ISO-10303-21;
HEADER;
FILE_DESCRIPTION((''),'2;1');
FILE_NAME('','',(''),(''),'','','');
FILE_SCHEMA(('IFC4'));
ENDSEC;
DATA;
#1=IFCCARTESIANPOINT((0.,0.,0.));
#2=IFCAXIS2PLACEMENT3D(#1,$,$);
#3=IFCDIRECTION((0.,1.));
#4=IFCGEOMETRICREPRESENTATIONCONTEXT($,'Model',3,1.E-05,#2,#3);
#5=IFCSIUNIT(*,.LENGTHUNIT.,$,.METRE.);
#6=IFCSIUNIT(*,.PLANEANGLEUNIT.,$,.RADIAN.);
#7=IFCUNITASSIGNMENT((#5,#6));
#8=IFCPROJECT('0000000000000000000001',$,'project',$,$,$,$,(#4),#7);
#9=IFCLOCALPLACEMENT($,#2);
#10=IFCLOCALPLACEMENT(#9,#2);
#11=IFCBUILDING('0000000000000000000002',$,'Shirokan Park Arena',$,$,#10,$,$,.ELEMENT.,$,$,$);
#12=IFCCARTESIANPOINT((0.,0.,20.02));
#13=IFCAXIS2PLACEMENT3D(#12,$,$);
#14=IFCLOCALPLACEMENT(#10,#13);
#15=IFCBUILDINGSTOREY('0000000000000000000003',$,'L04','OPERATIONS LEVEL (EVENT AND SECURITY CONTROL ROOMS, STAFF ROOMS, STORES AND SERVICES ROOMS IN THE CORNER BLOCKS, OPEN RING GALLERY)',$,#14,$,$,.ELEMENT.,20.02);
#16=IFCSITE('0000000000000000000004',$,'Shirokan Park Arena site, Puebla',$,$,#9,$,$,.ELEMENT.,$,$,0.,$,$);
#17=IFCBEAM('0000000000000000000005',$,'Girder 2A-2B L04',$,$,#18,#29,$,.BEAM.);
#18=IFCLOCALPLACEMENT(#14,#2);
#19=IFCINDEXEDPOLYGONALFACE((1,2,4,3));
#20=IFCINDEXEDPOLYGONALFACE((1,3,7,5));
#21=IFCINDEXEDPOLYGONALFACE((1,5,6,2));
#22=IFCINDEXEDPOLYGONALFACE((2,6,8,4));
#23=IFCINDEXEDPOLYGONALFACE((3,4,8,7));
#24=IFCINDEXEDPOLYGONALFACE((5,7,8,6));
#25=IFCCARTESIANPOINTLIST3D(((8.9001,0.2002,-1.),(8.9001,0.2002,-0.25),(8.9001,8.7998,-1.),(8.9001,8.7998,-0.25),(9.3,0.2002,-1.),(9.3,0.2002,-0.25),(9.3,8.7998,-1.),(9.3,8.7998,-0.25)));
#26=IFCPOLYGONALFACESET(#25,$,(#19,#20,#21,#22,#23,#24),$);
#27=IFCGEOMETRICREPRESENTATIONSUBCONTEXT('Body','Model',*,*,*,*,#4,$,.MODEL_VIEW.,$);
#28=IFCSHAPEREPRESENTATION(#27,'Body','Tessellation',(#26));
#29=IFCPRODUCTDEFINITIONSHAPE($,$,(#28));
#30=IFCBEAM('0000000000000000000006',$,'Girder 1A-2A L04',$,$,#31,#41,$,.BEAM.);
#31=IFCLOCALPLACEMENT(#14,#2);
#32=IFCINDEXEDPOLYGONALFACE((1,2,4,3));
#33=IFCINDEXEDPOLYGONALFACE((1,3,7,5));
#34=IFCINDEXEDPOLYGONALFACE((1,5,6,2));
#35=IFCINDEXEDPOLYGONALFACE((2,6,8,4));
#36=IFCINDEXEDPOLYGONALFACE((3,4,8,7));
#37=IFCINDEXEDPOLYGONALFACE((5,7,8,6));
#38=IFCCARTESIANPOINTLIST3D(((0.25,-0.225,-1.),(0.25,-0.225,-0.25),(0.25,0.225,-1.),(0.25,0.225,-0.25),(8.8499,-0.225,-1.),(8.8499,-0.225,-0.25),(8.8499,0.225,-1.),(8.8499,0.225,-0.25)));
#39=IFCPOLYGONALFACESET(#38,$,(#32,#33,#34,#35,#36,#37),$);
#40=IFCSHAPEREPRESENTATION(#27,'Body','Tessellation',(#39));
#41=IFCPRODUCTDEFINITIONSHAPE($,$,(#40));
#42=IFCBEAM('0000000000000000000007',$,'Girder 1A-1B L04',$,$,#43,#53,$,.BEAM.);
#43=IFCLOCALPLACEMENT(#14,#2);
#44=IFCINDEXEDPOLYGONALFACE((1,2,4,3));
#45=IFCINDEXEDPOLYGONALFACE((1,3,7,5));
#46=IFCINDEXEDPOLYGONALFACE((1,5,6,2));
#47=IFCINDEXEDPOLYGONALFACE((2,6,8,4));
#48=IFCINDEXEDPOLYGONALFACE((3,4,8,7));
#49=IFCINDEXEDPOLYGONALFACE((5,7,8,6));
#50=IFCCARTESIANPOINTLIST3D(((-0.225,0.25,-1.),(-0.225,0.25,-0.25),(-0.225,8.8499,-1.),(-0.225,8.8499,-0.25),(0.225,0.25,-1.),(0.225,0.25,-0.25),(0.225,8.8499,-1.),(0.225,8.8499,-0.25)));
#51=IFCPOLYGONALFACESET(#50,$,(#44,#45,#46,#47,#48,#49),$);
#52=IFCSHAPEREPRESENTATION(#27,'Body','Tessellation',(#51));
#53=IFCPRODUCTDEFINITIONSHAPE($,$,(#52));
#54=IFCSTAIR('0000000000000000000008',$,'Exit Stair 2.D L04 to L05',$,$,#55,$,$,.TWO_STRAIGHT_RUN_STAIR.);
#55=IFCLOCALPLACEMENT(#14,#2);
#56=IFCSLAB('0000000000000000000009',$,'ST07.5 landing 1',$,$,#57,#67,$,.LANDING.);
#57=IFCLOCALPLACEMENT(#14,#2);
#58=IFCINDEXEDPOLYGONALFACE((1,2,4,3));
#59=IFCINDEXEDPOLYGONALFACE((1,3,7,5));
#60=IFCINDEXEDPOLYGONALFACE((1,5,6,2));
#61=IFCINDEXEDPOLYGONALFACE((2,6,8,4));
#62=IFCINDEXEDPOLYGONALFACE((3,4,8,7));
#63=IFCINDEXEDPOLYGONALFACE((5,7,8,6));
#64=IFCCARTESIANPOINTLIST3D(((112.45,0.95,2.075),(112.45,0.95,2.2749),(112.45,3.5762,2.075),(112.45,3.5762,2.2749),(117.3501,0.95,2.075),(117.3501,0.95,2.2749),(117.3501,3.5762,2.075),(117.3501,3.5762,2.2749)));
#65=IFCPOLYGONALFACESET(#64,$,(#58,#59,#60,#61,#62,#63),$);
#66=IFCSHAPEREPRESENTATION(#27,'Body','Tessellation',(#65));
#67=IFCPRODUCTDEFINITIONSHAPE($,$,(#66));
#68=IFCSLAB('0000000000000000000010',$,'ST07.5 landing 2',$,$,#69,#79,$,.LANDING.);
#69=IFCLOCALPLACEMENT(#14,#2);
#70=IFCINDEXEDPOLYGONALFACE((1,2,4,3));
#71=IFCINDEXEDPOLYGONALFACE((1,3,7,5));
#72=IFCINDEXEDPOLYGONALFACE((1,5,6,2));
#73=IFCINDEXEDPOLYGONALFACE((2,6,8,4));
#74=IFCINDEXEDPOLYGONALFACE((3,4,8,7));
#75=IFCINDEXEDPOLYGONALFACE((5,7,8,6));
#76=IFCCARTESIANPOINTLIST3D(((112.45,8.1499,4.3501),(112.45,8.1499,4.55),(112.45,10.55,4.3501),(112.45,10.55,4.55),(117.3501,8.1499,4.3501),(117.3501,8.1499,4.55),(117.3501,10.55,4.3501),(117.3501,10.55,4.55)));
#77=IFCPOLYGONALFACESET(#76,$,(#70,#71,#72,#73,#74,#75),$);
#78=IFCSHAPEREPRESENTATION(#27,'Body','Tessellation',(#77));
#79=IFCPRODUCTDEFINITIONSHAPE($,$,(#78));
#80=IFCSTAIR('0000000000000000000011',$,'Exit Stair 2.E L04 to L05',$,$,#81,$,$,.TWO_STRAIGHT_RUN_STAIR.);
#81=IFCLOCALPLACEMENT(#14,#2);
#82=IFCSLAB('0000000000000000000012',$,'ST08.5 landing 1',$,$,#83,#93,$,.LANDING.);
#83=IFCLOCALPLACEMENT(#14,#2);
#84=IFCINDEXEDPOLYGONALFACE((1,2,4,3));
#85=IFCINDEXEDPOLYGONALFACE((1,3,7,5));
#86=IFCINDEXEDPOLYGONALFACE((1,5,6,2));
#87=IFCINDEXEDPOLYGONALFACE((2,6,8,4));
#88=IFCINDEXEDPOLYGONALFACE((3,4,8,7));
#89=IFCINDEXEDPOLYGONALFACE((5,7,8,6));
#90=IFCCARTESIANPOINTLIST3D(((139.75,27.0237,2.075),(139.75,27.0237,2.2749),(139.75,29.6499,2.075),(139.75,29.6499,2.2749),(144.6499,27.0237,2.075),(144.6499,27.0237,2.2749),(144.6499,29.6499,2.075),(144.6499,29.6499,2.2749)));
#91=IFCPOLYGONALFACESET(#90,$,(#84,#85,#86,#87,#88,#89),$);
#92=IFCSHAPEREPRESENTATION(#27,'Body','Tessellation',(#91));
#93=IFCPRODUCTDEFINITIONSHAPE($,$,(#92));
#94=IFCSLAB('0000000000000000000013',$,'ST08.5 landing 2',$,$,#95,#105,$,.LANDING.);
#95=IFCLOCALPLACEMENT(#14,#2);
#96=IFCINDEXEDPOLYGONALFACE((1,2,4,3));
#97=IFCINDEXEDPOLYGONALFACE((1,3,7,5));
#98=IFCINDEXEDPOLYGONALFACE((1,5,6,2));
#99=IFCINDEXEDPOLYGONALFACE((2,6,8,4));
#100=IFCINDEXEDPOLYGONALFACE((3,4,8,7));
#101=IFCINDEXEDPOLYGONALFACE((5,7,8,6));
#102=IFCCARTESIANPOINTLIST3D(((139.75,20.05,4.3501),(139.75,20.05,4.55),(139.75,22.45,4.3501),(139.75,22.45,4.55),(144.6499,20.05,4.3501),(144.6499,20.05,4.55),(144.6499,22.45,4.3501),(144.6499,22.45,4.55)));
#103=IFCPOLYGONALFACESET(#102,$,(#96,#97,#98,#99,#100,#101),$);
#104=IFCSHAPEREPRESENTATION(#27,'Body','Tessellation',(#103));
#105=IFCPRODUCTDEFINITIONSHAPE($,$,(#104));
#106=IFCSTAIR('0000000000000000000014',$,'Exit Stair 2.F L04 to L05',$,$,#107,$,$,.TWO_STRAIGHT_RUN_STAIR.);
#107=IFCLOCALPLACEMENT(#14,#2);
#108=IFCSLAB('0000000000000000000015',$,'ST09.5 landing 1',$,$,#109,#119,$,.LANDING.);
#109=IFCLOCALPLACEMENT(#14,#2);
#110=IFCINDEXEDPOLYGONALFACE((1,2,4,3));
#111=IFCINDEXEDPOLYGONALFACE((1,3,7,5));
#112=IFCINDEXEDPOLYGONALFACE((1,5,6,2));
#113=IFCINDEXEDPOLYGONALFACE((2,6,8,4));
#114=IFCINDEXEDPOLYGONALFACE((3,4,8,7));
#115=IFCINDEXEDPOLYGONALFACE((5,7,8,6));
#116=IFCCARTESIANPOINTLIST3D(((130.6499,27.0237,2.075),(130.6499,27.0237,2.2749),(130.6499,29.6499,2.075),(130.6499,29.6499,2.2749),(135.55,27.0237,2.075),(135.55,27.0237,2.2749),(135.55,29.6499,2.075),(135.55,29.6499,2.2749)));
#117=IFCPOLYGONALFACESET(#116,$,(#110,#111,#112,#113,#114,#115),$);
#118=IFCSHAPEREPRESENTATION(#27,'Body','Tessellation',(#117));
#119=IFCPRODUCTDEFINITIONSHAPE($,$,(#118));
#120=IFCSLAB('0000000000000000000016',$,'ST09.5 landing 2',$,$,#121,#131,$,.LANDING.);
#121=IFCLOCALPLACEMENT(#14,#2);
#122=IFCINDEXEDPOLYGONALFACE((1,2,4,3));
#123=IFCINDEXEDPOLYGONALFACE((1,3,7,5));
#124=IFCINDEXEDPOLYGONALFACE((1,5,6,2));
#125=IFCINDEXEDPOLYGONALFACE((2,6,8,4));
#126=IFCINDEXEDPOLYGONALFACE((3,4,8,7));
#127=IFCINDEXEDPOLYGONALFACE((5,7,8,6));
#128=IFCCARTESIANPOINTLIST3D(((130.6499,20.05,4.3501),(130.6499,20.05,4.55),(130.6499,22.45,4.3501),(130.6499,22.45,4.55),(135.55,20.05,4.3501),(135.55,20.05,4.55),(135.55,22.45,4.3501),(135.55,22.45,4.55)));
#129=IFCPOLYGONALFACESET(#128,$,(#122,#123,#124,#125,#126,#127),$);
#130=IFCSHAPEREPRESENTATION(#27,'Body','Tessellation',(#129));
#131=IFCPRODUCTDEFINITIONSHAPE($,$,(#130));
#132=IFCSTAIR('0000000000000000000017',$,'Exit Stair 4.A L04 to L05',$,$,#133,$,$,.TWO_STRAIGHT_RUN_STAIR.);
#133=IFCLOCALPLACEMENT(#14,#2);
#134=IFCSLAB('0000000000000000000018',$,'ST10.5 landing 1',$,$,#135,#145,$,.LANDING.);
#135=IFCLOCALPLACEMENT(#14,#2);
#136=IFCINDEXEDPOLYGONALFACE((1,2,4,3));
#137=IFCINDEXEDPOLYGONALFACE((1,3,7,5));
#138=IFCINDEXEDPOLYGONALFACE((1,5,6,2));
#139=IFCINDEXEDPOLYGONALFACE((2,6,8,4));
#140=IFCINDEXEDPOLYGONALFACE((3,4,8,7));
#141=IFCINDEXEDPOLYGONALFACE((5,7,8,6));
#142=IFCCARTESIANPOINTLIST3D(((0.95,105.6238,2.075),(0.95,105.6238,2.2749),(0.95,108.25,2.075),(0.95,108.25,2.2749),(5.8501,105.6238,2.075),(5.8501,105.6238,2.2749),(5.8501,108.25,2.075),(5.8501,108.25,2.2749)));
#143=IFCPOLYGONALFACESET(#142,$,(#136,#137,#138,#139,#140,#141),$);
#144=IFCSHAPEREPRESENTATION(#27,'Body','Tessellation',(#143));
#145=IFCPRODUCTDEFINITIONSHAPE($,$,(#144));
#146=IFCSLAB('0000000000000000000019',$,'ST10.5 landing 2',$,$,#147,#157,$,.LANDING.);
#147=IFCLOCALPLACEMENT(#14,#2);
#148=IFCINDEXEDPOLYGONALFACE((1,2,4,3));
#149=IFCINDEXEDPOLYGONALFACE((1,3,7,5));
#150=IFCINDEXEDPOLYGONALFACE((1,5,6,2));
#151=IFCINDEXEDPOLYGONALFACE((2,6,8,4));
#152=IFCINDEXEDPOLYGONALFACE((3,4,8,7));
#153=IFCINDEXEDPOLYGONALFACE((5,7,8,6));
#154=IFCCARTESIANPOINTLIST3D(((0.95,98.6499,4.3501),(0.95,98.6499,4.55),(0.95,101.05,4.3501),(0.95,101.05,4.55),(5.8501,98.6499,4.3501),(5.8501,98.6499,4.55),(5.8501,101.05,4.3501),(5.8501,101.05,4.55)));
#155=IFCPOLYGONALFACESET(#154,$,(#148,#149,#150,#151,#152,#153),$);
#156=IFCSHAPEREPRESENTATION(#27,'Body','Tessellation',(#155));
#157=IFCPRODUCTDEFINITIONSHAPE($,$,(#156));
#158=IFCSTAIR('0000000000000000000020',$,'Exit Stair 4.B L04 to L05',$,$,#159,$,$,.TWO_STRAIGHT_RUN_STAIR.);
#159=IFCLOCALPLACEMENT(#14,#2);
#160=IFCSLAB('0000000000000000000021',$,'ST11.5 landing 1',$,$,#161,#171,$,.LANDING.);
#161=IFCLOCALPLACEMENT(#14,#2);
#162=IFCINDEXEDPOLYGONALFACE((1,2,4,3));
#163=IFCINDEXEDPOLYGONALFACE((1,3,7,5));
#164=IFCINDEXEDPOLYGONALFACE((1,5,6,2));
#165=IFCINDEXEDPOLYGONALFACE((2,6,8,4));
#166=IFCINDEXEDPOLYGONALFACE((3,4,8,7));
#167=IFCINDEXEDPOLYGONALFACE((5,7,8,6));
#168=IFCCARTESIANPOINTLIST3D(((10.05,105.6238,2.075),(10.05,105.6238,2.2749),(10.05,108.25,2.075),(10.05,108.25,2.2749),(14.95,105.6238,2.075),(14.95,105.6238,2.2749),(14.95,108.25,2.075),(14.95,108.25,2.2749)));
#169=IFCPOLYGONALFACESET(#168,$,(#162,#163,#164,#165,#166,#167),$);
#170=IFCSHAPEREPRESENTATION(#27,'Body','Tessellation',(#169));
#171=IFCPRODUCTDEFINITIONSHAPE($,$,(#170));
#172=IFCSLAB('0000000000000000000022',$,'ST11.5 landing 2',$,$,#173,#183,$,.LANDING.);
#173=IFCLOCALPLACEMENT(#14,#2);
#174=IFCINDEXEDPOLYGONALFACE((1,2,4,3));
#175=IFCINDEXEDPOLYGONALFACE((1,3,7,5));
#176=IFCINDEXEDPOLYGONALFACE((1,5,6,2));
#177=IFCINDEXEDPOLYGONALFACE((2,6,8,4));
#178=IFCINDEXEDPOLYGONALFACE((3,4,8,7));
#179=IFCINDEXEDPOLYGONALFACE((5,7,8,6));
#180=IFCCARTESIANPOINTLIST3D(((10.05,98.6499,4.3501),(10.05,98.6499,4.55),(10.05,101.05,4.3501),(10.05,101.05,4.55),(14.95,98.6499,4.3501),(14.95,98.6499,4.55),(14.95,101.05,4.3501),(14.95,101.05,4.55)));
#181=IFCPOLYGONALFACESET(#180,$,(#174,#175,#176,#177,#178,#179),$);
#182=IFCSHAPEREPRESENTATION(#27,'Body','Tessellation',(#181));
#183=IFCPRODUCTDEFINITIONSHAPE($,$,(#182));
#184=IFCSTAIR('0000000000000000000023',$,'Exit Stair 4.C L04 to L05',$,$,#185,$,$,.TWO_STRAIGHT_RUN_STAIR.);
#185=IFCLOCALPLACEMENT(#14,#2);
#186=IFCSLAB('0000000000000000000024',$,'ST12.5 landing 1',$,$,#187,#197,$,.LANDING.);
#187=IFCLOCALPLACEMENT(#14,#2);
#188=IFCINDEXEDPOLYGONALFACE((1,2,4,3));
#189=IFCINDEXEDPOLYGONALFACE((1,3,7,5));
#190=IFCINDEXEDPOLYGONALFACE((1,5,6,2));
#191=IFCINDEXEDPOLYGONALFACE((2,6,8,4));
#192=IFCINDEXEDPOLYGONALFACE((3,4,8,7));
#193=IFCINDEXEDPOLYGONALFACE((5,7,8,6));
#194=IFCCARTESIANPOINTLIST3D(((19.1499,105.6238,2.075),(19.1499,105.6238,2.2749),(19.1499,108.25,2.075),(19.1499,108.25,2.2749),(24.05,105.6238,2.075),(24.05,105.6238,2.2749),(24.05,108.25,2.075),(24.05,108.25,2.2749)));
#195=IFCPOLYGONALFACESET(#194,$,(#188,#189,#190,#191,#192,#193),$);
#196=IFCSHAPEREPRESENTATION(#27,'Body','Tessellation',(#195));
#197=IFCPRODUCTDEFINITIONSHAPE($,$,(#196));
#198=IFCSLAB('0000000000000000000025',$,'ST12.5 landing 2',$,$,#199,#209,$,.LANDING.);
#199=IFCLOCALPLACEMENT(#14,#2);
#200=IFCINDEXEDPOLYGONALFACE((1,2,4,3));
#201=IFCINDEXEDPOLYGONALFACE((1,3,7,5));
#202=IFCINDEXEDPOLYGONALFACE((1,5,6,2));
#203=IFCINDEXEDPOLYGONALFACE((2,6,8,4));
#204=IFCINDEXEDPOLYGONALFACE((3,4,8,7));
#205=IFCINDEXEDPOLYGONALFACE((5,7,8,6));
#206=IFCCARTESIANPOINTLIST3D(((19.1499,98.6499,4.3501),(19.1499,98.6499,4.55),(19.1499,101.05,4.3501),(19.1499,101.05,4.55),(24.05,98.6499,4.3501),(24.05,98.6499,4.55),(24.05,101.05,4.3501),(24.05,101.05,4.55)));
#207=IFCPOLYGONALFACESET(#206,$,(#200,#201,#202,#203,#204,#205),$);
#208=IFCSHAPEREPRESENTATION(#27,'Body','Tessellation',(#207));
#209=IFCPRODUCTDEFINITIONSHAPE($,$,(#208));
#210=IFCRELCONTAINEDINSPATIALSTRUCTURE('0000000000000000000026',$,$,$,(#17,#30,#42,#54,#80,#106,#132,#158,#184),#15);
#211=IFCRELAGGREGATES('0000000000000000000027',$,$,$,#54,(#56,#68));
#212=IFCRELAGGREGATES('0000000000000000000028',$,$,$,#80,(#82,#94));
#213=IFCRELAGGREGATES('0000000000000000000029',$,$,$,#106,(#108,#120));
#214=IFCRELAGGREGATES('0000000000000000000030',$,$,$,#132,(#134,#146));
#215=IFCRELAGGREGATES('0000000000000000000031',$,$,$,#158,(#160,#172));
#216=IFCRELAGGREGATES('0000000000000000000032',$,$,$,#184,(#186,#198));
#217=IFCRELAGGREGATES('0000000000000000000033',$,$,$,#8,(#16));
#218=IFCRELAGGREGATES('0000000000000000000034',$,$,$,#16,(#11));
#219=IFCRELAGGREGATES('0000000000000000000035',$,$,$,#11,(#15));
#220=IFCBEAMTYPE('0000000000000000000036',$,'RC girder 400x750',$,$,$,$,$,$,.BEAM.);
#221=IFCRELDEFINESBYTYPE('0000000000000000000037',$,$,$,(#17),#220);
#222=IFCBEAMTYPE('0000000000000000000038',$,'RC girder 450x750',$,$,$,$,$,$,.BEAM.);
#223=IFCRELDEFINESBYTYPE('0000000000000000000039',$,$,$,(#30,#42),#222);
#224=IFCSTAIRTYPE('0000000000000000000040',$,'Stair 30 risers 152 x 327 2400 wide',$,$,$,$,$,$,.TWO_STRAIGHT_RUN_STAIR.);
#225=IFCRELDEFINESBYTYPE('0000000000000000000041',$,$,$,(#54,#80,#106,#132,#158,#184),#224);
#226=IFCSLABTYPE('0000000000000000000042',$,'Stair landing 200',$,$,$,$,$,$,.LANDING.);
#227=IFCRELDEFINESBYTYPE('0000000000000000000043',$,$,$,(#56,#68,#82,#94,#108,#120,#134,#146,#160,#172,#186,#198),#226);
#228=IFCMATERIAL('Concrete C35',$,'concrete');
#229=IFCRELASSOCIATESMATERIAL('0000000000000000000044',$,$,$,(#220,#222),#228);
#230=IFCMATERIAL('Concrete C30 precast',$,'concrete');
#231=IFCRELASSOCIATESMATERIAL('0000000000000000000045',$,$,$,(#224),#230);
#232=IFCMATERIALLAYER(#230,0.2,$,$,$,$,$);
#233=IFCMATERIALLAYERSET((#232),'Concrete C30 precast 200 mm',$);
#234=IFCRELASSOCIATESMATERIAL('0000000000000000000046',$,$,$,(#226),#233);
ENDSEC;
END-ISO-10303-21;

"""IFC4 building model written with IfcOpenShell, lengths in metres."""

from ifc_helpers import new_model, si_unit, direction, frame, origin, origin_2d, place, context, subcontext, project, spatial, polyline, rectangle, outline, extrude, material, layer, layer_set, material_profile, profile_set, type_object, element, aggregate, save


model = new_model("IFC4")

# Units and contexts
model_context = context("Model", 3, precision=1e-05, world=origin(), true_north=direction((0.0, 1.0)))
body_context = subcontext(model_context, "Body", "Model", "MODEL_VIEW")
ifc_project = project(units=[si_unit("LENGTHUNIT", "METRE"), si_unit("PLANEANGLEUNIT", "RADIAN")], contexts=[model_context])

# Site, building, storey
site_placement = place(None, origin())
site = spatial("IfcSite", under=ifc_project, at=site_placement, Name="Shirokan Park Arena site, Puebla", CompositionType="ELEMENT", RefElevation=0.0)
building_placement = place(site_placement, origin())
building = spatial("IfcBuilding", under=site, at=building_placement, Name="Shirokan Park Arena", CompositionType="ELEMENT")
storey_placement = place(building_placement, frame((0.0, 0.0, 20.02)))
storey = spatial("IfcBuildingStorey", under=building, at=storey_placement, Name="L04", Description="OPERATIONS LEVEL (EVENT AND SECURITY CONTROL ROOMS, STAFF ROOMS, STORES AND SERVICES ROOMS IN THE CORNER BLOCKS, OPEN RING GALLERY)", CompositionType="ELEMENT", Elevation=20.02)

# Beams
ifc_material_1 = material(Name="Concrete C35", Category="concrete")
ifc_material_profile_1 = material_profile(ifc_material_1, rectangle(XDim=0.3999, YDim=0.75, at=origin_2d()), Name="400x750")
ifc_profile_set_1 = profile_set([ifc_material_profile_1], Name="Concrete C35")
beam_type_1 = type_object("IfcBeamType", Name="RC girder 400x750", PredefinedType="BEAM", material=ifc_profile_set_1)
beam_placement = place(storey_placement, frame((9.1001, 0.2002, -0.625), z_axis=(0.0, 1.0, 0.0), x_axis=(-1.0, 0.0, 0.0)))
element("IfcBeam", 1, at=beam_placement, inside=storey, type_object=beam_type_1, Name="Girder 2A-2B L04", PredefinedType="BEAM", context=body_context, shape_type="SweptSolid", body=[
    extrude(rectangle(XDim=0.3999, YDim=0.75, at=origin_2d()), origin(), (0.0, 0.0, 1.0), 8.5996),
])
ifc_material_profile_2 = material_profile(ifc_material_1, rectangle(XDim=0.45, YDim=0.75, at=origin_2d()), Name="450x750")
ifc_profile_set_2 = profile_set([ifc_material_profile_2], Name="Concrete C35")
beam_type_2 = type_object("IfcBeamType", Name="RC girder 450x750", PredefinedType="BEAM", material=ifc_profile_set_2)
for number, where, z_axis, x_axis, name in (
    (2, (0.25, 0.0, -0.625), (1.0, 0.0, 0.0), (0.0, 1.0, 0.0), "Girder 1A-2A L04"),
    (3, (0.0, 0.25, -0.625), (0.0, 1.0, 0.0), (-1.0, 0.0, 0.0), "Girder 1A-1B L04"),
):
    element("IfcBeam", number, at=place(storey_placement, frame(where, z_axis=z_axis, x_axis=x_axis)), inside=storey, type_object=beam_type_2, Name=name, PredefinedType="BEAM", context=body_context, shape_type="SweptSolid", body=[
        extrude(rectangle(XDim=0.45, YDim=0.75, at=origin_2d()), origin(), (0.0, 0.0, 1.0), 8.5999),
    ])

# Stairs, slabs
ifc_material_2 = material(Name="Concrete C30 precast", Category="concrete")
stair_type = type_object("IfcStairType", Name="Stair 30 risers 152 x 327 2400 wide", PredefinedType="TWO_STRAIGHT_RUN_STAIR", material=ifc_material_2)
stair_1_placement = place(storey_placement, origin())
stair_1 = element("IfcStair", 4, at=stair_1_placement, inside=storey, type_object=stair_type, Name="Exit Stair 2.D L04 to L05", PredefinedType="TWO_STRAIGHT_RUN_STAIR")
ifc_layer_1 = layer(ifc_material_2, 0.2)
ifc_layer_set_1 = layer_set([ifc_layer_1], Name="Concrete C30 precast 200 mm")
slab_type = type_object("IfcSlabType", Name="Stair landing 200", PredefinedType="LANDING", material=ifc_layer_set_1)
slab_1_placement = place(storey_placement, frame((0.0, 0.0, 2.075)))
slab_1 = element("IfcSlab", 5, at=slab_1_placement, type_object=slab_type, Name="ST07.5 landing 1", PredefinedType="LANDING", context=body_context, shape_type="SweptSolid", body=[
    extrude(outline(polyline([(112.45, 0.95), (117.3501, 0.95), (117.3501, 3.5762), (112.45, 3.5762), (112.45, 0.95)])), origin(), (0.0, 0.0, 1.0), 0.2),
])
slab_2_placement = place(storey_placement, frame((0.0, 0.0, 4.3501)))
slab_2 = element("IfcSlab", 6, at=slab_2_placement, type_object=slab_type, Name="ST07.5 landing 2", PredefinedType="LANDING", context=body_context, shape_type="SweptSolid", body=[
    extrude(outline(polyline([(112.45, 8.1499), (117.3501, 8.1499), (117.3501, 10.55), (112.45, 10.55), (112.45, 8.1499)])), origin(), (0.0, 0.0, 1.0), 0.2),
])
aggregate(stair_1, [slab_1, slab_2])
stair_2_placement = place(storey_placement, origin())
stair_2 = element("IfcStair", 7, at=stair_2_placement, inside=storey, type_object=stair_type, Name="Exit Stair 2.E L04 to L05", PredefinedType="TWO_STRAIGHT_RUN_STAIR")
slab_3_placement = place(storey_placement, frame((0.0, 0.0, 2.075)))
slab_3 = element("IfcSlab", 8, at=slab_3_placement, type_object=slab_type, Name="ST08.5 landing 1", PredefinedType="LANDING", context=body_context, shape_type="SweptSolid", body=[
    extrude(outline(polyline([(139.75, 27.0237), (144.6499, 27.0237), (144.6499, 29.6499), (139.75, 29.6499), (139.75, 27.0237)])), origin(), (0.0, 0.0, 1.0), 0.2),
])
slab_4_placement = place(storey_placement, frame((0.0, 0.0, 4.3501)))
slab_4 = element("IfcSlab", 9, at=slab_4_placement, type_object=slab_type, Name="ST08.5 landing 2", PredefinedType="LANDING", context=body_context, shape_type="SweptSolid", body=[
    extrude(outline(polyline([(139.75, 20.05), (144.6499, 20.05), (144.6499, 22.45), (139.75, 22.45), (139.75, 20.05)])), origin(), (0.0, 0.0, 1.0), 0.2),
])
aggregate(stair_2, [slab_3, slab_4])
stair_3_placement = place(storey_placement, origin())
stair_3 = element("IfcStair", 10, at=stair_3_placement, inside=storey, type_object=stair_type, Name="Exit Stair 2.F L04 to L05", PredefinedType="TWO_STRAIGHT_RUN_STAIR")
slab_5_placement = place(storey_placement, frame((0.0, 0.0, 2.075)))
slab_5 = element("IfcSlab", 11, at=slab_5_placement, type_object=slab_type, Name="ST09.5 landing 1", PredefinedType="LANDING", context=body_context, shape_type="SweptSolid", body=[
    extrude(outline(polyline([(130.6499, 27.0237), (135.55, 27.0237), (135.55, 29.6499), (130.6499, 29.6499), (130.6499, 27.0237)])), origin(), (0.0, 0.0, 1.0), 0.2),
])
slab_6_placement = place(storey_placement, frame((0.0, 0.0, 4.3501)))
slab_6 = element("IfcSlab", 12, at=slab_6_placement, type_object=slab_type, Name="ST09.5 landing 2", PredefinedType="LANDING", context=body_context, shape_type="SweptSolid", body=[
    extrude(outline(polyline([(130.6499, 20.05), (135.55, 20.05), (135.55, 22.45), (130.6499, 22.45), (130.6499, 20.05)])), origin(), (0.0, 0.0, 1.0), 0.2),
])
aggregate(stair_3, [slab_5, slab_6])
stair_4_placement = place(storey_placement, origin())
stair_4 = element("IfcStair", 13, at=stair_4_placement, inside=storey, type_object=stair_type, Name="Exit Stair 4.A L04 to L05", PredefinedType="TWO_STRAIGHT_RUN_STAIR")
slab_7_placement = place(storey_placement, frame((0.0, 0.0, 2.075)))
slab_7 = element("IfcSlab", 14, at=slab_7_placement, type_object=slab_type, Name="ST10.5 landing 1", PredefinedType="LANDING", context=body_context, shape_type="SweptSolid", body=[
    extrude(outline(polyline([(0.95, 105.6238), (5.8501, 105.6238), (5.8501, 108.25), (0.95, 108.25), (0.95, 105.6238)])), origin(), (0.0, 0.0, 1.0), 0.2),
])
slab_8_placement = place(storey_placement, frame((0.0, 0.0, 4.3501)))
slab_8 = element("IfcSlab", 15, at=slab_8_placement, type_object=slab_type, Name="ST10.5 landing 2", PredefinedType="LANDING", context=body_context, shape_type="SweptSolid", body=[
    extrude(outline(polyline([(0.95, 98.6499), (5.8501, 98.6499), (5.8501, 101.05), (0.95, 101.05), (0.95, 98.6499)])), origin(), (0.0, 0.0, 1.0), 0.2),
])
aggregate(stair_4, [slab_7, slab_8])
stair_5_placement = place(storey_placement, origin())
stair_5 = element("IfcStair", 16, at=stair_5_placement, inside=storey, type_object=stair_type, Name="Exit Stair 4.B L04 to L05", PredefinedType="TWO_STRAIGHT_RUN_STAIR")
slab_9_placement = place(storey_placement, frame((0.0, 0.0, 2.075)))
slab_9 = element("IfcSlab", 17, at=slab_9_placement, type_object=slab_type, Name="ST11.5 landing 1", PredefinedType="LANDING", context=body_context, shape_type="SweptSolid", body=[
    extrude(outline(polyline([(10.05, 105.6238), (14.95, 105.6238), (14.95, 108.25), (10.05, 108.25), (10.05, 105.6238)])), origin(), (0.0, 0.0, 1.0), 0.2),
])
slab_10_placement = place(storey_placement, frame((0.0, 0.0, 4.3501)))
slab_10 = element("IfcSlab", 18, at=slab_10_placement, type_object=slab_type, Name="ST11.5 landing 2", PredefinedType="LANDING", context=body_context, shape_type="SweptSolid", body=[
    extrude(outline(polyline([(10.05, 98.6499), (14.95, 98.6499), (14.95, 101.05), (10.05, 101.05), (10.05, 98.6499)])), origin(), (0.0, 0.0, 1.0), 0.2),
])
aggregate(stair_5, [slab_9, slab_10])
stair_6_placement = place(storey_placement, origin())
stair_6 = element("IfcStair", 19, at=stair_6_placement, inside=storey, type_object=stair_type, Name="Exit Stair 4.C L04 to L05", PredefinedType="TWO_STRAIGHT_RUN_STAIR")
slab_11_placement = place(storey_placement, frame((0.0, 0.0, 2.075)))
slab_11 = element("IfcSlab", 20, at=slab_11_placement, type_object=slab_type, Name="ST12.5 landing 1", PredefinedType="LANDING", context=body_context, shape_type="SweptSolid", body=[
    extrude(outline(polyline([(19.1499, 105.6238), (24.05, 105.6238), (24.05, 108.25), (19.1499, 108.25), (19.1499, 105.6238)])), origin(), (0.0, 0.0, 1.0), 0.2),
])
slab_12_placement = place(storey_placement, frame((0.0, 0.0, 4.3501)))
slab_12 = element("IfcSlab", 21, at=slab_12_placement, type_object=slab_type, Name="ST12.5 landing 2", PredefinedType="LANDING", context=body_context, shape_type="SweptSolid", body=[
    extrude(outline(polyline([(19.1499, 98.6499), (24.05, 98.6499), (24.05, 101.05), (19.1499, 101.05), (19.1499, 98.6499)])), origin(), (0.0, 0.0, 1.0), 0.2),
])
aggregate(stair_6, [slab_11, slab_12])

save(model, "model.ifc")
